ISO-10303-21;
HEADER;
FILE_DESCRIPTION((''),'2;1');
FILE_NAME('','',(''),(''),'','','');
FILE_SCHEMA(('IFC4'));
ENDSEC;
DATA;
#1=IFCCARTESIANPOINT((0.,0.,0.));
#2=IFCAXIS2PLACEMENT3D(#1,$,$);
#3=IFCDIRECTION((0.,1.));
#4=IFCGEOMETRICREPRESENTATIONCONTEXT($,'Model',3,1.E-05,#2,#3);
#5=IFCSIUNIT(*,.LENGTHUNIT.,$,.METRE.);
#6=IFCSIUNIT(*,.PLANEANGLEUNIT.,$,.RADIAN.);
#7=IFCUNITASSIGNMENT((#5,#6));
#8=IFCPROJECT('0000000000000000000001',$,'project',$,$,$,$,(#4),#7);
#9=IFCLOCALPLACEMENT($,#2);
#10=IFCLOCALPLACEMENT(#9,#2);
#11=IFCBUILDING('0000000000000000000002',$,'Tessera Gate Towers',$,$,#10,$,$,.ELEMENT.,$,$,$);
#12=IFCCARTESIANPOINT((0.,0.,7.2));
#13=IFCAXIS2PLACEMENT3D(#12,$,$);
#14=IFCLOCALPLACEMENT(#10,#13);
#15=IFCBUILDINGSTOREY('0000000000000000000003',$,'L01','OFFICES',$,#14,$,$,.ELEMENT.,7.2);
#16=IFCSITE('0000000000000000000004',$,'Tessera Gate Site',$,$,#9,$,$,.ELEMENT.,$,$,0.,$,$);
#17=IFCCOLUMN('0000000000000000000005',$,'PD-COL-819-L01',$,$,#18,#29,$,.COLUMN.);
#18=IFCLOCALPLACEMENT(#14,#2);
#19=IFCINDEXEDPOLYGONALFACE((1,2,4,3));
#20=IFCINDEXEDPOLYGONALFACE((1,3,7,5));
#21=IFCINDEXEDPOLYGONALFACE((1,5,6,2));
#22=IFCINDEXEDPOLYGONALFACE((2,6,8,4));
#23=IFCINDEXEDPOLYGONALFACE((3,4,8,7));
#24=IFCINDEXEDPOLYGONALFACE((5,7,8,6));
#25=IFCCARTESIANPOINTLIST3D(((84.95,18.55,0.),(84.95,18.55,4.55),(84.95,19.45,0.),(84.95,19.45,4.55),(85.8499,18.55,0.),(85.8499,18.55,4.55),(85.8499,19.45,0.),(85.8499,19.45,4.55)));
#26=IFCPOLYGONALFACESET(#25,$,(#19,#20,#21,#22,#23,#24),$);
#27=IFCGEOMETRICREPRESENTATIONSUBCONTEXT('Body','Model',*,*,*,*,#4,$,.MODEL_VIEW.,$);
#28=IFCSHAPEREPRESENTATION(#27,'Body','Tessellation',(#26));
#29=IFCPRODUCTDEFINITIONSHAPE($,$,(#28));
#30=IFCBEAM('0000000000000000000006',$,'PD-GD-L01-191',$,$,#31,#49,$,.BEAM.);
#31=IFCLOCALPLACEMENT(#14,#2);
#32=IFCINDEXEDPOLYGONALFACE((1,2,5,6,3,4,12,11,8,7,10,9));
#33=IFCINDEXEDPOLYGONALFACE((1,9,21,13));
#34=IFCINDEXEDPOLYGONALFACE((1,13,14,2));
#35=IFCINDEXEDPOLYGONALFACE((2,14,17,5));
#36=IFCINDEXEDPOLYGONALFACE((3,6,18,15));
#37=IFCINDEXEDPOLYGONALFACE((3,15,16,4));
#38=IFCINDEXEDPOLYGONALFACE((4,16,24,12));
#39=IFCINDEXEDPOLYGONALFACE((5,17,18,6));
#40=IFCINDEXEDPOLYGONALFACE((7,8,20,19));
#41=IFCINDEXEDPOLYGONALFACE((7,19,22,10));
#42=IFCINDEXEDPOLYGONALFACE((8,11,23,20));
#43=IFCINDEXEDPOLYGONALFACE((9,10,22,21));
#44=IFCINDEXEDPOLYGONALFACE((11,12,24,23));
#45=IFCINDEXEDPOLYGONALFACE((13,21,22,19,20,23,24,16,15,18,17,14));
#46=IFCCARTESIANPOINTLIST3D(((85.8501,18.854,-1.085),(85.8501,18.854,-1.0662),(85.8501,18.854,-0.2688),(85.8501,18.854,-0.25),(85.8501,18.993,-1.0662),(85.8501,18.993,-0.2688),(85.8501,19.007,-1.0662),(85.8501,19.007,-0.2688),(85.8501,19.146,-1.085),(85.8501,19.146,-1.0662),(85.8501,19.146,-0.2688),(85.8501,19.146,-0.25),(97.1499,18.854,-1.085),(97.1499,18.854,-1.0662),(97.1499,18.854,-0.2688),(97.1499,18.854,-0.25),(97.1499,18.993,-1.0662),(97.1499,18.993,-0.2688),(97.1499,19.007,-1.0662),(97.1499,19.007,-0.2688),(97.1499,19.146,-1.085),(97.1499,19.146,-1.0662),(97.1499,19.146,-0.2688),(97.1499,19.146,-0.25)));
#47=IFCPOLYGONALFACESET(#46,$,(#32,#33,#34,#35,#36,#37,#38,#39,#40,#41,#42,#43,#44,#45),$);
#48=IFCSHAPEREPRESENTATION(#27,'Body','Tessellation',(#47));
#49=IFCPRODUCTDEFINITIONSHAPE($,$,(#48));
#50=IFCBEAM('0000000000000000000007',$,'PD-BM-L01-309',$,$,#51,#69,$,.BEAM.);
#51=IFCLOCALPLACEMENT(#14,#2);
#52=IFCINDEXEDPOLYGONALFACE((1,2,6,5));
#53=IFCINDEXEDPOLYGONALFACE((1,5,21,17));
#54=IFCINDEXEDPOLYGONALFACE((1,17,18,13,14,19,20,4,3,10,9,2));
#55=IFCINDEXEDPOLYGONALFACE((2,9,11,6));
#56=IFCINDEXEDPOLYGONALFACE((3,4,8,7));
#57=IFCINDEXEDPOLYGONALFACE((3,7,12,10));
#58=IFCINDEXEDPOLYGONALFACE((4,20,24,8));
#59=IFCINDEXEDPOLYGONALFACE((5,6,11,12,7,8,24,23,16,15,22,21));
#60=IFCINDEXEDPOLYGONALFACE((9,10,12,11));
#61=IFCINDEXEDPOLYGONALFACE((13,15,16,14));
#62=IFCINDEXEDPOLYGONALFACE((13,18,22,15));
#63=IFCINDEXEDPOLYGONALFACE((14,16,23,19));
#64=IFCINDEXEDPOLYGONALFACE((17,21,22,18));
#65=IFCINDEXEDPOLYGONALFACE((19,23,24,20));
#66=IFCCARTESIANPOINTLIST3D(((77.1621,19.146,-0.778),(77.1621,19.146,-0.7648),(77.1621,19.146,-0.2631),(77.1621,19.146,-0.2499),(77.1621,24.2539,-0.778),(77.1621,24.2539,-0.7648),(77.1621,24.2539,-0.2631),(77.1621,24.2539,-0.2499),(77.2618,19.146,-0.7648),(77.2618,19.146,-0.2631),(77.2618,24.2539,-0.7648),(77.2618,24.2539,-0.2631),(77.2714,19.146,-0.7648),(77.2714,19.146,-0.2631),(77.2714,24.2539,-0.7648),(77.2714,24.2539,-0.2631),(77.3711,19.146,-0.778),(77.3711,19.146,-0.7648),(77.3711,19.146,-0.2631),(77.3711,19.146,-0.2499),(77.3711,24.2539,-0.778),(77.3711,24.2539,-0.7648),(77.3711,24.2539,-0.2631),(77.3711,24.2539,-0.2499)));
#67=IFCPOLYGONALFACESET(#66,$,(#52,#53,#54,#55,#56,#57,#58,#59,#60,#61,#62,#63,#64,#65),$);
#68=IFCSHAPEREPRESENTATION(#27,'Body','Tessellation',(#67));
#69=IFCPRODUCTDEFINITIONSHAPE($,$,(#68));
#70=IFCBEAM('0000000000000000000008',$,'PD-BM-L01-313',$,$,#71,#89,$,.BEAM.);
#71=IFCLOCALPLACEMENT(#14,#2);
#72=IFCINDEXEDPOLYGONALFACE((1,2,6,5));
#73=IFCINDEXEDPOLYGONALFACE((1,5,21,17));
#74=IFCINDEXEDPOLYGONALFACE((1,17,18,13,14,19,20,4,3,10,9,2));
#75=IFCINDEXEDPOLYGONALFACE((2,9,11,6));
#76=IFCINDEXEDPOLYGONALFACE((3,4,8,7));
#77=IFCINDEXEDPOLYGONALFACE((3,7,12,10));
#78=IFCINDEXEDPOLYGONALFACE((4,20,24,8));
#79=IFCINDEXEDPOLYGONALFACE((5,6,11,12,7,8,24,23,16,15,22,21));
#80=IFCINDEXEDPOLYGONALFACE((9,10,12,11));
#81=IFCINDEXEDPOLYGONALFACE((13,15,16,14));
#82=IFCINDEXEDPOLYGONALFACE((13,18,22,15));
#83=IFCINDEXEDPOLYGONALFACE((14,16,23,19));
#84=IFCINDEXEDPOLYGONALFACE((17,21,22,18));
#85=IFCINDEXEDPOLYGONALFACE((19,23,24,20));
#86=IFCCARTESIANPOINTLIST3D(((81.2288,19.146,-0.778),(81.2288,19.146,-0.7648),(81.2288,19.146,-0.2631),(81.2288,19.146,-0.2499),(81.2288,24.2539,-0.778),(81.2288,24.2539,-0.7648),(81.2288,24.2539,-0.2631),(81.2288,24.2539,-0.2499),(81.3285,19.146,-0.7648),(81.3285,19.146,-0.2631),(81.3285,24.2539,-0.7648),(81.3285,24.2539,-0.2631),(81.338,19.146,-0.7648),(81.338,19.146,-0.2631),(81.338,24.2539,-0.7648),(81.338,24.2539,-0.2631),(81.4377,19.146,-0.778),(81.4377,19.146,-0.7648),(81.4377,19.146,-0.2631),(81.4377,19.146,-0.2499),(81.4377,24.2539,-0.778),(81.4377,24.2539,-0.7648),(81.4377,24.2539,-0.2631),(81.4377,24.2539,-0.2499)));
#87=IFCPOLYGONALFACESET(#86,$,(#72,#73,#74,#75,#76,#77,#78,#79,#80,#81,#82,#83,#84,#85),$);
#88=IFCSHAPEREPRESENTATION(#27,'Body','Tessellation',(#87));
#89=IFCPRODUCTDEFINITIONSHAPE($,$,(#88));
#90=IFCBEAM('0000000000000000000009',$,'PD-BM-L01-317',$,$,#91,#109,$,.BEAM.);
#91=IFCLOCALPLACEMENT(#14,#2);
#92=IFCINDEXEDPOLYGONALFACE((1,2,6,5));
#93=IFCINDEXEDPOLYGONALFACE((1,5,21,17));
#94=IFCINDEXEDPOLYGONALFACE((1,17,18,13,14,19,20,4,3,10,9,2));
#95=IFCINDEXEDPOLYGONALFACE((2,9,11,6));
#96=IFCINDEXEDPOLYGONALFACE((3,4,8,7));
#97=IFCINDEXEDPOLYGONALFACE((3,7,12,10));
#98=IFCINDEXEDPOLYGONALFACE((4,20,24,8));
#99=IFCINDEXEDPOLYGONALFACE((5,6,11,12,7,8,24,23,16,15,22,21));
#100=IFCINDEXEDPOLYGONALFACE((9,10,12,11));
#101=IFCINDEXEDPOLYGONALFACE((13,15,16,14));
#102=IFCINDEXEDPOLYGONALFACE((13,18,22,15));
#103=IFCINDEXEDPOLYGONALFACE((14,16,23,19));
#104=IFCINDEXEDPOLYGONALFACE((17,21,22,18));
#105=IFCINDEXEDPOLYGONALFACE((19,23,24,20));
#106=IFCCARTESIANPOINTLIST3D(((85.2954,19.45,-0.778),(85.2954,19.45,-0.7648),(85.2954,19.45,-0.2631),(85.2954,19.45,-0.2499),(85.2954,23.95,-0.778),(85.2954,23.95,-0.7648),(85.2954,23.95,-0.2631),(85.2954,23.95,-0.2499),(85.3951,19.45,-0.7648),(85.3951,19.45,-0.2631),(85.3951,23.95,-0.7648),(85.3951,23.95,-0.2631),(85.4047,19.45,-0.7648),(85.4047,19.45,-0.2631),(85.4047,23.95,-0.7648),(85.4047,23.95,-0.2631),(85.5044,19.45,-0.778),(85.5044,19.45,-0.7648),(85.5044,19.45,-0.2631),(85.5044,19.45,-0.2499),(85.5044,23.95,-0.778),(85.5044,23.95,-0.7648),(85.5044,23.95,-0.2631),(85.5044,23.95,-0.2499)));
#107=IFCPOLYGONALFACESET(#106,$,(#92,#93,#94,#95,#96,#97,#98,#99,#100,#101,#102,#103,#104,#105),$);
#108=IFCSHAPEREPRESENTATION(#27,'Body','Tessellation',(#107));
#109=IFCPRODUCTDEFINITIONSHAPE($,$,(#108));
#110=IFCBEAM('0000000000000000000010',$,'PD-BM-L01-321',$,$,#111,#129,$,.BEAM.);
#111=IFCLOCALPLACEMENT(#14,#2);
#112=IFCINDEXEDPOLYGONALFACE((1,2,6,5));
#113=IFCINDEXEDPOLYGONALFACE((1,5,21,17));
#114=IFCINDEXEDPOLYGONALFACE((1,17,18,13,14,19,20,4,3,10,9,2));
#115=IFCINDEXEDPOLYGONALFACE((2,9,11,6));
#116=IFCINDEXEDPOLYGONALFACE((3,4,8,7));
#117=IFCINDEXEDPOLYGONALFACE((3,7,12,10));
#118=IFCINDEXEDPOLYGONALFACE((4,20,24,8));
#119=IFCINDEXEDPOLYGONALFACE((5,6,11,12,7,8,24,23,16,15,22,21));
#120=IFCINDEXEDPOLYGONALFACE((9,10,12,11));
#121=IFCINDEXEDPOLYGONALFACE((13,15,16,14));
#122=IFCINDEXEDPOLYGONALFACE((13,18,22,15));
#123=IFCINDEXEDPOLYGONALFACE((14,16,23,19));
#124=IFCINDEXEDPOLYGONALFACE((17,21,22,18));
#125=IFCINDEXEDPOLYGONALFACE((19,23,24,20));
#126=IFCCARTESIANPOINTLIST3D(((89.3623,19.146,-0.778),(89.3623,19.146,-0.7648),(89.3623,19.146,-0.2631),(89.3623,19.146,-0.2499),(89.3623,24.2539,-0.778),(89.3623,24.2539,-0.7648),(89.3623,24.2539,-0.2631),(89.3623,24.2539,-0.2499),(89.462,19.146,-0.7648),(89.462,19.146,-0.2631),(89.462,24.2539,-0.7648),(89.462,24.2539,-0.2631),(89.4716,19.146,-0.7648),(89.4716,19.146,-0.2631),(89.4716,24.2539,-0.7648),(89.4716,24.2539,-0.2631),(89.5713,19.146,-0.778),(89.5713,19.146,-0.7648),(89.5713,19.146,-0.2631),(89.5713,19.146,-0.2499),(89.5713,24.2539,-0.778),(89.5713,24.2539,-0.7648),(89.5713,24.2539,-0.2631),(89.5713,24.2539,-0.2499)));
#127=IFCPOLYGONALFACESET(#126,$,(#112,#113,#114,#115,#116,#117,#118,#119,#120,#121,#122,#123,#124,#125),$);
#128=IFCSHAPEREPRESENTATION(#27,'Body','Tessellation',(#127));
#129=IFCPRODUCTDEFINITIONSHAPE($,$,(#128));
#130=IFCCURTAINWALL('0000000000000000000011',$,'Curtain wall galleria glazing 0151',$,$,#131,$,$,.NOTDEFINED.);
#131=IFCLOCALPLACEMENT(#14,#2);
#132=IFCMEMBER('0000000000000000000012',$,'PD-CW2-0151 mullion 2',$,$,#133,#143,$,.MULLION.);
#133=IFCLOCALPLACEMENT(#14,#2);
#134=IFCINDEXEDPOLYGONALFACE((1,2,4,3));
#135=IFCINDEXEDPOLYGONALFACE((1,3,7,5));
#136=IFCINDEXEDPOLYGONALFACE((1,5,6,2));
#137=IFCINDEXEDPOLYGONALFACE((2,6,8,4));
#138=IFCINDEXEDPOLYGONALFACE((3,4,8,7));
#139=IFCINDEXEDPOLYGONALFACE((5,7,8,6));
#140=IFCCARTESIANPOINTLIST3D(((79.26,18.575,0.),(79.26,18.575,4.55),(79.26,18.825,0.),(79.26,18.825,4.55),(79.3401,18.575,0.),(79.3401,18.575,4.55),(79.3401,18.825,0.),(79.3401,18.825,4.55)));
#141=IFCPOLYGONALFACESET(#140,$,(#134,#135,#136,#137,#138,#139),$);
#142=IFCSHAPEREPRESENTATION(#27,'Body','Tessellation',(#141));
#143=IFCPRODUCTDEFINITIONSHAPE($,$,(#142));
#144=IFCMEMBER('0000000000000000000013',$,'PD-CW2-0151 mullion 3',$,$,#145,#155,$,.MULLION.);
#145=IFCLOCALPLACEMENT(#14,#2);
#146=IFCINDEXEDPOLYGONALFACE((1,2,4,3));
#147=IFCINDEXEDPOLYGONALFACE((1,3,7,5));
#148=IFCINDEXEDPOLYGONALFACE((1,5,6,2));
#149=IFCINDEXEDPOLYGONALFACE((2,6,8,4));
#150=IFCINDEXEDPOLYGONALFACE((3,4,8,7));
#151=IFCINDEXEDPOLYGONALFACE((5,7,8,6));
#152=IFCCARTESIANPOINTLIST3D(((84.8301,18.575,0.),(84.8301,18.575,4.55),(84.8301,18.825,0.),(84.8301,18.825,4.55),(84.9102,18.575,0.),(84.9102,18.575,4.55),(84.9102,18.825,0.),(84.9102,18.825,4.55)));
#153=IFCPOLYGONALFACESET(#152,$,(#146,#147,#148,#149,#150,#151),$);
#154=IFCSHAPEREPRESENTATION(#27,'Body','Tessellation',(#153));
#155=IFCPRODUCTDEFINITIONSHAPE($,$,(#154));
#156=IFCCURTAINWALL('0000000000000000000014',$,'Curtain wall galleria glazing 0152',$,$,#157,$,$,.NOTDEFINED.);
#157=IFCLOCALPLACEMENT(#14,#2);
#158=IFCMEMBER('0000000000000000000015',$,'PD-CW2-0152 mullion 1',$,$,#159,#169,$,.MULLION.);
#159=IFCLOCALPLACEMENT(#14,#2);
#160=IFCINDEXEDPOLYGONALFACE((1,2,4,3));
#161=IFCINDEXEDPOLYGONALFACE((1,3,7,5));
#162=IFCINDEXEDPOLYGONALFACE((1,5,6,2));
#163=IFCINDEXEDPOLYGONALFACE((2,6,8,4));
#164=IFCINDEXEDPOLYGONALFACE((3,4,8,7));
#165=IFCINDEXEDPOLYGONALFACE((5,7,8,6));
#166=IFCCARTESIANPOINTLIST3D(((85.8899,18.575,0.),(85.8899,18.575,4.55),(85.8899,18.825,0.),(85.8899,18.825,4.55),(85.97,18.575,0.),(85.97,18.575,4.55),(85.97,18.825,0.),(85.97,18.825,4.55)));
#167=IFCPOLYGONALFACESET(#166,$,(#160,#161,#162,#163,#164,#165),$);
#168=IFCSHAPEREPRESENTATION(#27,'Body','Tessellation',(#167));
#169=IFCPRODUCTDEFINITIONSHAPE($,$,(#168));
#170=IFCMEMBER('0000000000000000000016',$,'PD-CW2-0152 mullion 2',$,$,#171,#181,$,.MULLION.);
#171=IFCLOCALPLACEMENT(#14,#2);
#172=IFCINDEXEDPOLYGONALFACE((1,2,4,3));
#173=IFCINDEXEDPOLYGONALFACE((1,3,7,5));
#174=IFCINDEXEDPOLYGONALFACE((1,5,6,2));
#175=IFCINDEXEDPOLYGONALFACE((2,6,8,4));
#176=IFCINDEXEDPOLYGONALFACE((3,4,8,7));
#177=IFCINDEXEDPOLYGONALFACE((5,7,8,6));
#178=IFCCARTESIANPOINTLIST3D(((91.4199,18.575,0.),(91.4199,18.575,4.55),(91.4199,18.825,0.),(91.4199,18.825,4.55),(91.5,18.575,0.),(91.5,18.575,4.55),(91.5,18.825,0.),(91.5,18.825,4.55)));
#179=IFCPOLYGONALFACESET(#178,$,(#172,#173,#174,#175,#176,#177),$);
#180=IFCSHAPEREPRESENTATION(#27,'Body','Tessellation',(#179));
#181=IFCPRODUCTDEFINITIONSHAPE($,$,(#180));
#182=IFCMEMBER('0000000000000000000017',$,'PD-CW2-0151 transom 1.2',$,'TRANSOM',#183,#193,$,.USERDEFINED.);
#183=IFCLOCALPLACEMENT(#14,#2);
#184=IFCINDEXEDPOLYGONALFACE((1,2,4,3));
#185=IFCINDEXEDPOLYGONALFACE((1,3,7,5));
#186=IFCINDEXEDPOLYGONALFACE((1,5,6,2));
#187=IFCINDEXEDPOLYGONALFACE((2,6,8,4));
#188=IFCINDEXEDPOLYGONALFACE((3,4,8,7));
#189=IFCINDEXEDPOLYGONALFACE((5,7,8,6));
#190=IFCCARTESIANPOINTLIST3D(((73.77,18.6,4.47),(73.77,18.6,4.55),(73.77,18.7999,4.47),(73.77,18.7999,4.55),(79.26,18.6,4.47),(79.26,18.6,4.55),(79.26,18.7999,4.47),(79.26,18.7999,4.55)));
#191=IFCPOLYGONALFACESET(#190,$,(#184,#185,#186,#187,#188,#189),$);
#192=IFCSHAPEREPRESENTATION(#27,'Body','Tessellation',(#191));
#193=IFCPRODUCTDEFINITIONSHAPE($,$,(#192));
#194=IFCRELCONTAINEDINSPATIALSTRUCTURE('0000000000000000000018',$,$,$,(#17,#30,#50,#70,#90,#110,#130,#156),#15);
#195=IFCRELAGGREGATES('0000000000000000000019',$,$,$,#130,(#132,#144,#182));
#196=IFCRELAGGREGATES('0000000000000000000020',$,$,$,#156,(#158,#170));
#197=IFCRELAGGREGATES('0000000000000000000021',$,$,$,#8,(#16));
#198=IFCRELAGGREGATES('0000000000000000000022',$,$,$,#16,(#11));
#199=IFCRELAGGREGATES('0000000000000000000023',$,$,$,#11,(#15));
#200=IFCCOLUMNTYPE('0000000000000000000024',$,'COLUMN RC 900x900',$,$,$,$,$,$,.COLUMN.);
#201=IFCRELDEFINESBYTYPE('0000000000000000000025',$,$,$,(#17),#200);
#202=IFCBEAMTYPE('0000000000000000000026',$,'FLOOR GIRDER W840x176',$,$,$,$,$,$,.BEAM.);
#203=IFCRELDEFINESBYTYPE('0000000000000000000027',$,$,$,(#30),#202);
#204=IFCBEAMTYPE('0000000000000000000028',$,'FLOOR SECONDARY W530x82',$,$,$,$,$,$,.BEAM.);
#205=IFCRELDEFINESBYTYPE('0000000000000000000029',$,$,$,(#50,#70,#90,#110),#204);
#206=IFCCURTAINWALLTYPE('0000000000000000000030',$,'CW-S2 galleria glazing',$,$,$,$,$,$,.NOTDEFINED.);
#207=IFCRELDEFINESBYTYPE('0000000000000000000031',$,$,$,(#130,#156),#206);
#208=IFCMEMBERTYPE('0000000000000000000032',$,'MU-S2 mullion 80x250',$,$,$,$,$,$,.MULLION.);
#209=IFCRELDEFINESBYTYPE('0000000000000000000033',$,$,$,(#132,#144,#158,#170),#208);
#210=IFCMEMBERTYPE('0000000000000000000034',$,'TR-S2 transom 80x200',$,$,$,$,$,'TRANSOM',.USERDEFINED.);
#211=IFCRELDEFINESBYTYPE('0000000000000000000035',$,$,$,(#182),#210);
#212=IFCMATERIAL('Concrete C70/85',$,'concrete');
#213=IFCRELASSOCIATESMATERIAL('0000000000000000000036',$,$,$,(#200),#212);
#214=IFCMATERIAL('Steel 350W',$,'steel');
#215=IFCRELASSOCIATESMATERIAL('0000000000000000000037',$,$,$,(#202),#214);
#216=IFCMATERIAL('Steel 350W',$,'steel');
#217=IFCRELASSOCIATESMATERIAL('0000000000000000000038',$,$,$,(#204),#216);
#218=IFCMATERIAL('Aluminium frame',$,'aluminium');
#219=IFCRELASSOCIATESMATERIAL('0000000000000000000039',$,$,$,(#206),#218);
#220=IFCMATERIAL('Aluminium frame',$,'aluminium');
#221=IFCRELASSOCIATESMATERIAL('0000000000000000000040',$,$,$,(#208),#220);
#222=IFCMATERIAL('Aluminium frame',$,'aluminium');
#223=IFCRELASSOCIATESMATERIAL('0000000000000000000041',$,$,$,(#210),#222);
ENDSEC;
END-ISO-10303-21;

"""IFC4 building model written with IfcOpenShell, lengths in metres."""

from ifc_helpers import new_model, si_unit, direction, frame, origin, origin_2d, place, context, subcontext, project, spatial, rectangle, i_section, extrude, material, material_profile, profile_set, type_object, element, aggregate, save


model = new_model("IFC4")

# Units and contexts
model_context = context("Model", 3, precision=1e-05, world=origin(), true_north=direction((0.0, 1.0)))
body_context = subcontext(model_context, "Body", "Model", "MODEL_VIEW")
ifc_project = project(units=[si_unit("LENGTHUNIT", "METRE"), si_unit("PLANEANGLEUNIT", "RADIAN")], contexts=[model_context])

# Site, building, storey
site_placement = place(None, origin())
site = spatial("IfcSite", under=ifc_project, at=site_placement, Name="Tessera Gate Site", CompositionType="ELEMENT", RefElevation=0.0)
building_placement = place(site_placement, origin())
building = spatial("IfcBuilding", under=site, at=building_placement, Name="Tessera Gate Towers", CompositionType="ELEMENT")
storey_placement = place(building_placement, frame((0.0, 0.0, 7.2)))
storey = spatial("IfcBuildingStorey", under=building, at=storey_placement, Name="L01", Description="OFFICES", CompositionType="ELEMENT", Elevation=7.2)

# Column
ifc_material_1 = material(Name="Concrete C70/85", Category="concrete")
ifc_material_profile_1 = material_profile(ifc_material_1, rectangle(XDim=0.8999, YDim=0.8999, at=origin_2d()), Name="RC 900x900")
ifc_profile_set_1 = profile_set([ifc_material_profile_1], Name="Concrete C70/85")
column_type = type_object("IfcColumnType", Name="COLUMN RC 900x900", PredefinedType="COLUMN", material=ifc_profile_set_1)
column_placement = place(storey_placement, frame((85.3999, 19.0, 0.0), z_axis=(0.0, 0.0, 1.0), x_axis=(1.0, 0.0, 0.0)))
element("IfcColumn", 1, at=column_placement, inside=storey, type_object=column_type, Name="PD-COL-819-L01", PredefinedType="COLUMN", context=body_context, shape_type="SweptSolid", body=[
    extrude(rectangle(XDim=0.8999, YDim=0.8999, at=origin_2d()), origin(), (0.0, 0.0, 1.0), 4.55),
])

# Beams
ifc_material_2 = material(Name="Steel 350W", Category="steel")
ifc_material_profile_2 = material_profile(ifc_material_2, i_section(OverallWidth=0.292, OverallDepth=0.835, WebThickness=0.0139, FlangeThickness=0.0188, at=origin_2d()), Name="W840x176")
ifc_profile_set_2 = profile_set([ifc_material_profile_2], Name="Steel 350W")
beam_type_1 = type_object("IfcBeamType", Name="FLOOR GIRDER W840x176", PredefinedType="BEAM", material=ifc_profile_set_2)
beam_1_placement = place(storey_placement, frame((85.8501, 19.0, -0.6675), z_axis=(1.0, 0.0, 0.0), x_axis=(0.0, 1.0, 0.0)))
element("IfcBeam", 2, at=beam_1_placement, inside=storey, type_object=beam_type_1, Name="PD-GD-L01-191", PredefinedType="BEAM", context=body_context, shape_type="SweptSolid", body=[
    extrude(i_section(OverallWidth=0.292, OverallDepth=0.835, WebThickness=0.0139, FlangeThickness=0.0188, at=origin_2d()), origin(), (0.0, 0.0, 1.0), 11.2998),
])
ifc_material_3 = material(Name="Steel 350W", Category="steel")
ifc_material_profile_3 = material_profile(ifc_material_3, i_section(OverallWidth=0.209, OverallDepth=0.5281, WebThickness=0.0095, FlangeThickness=0.0132, at=origin_2d()), Name="W530x82")
ifc_profile_set_3 = profile_set([ifc_material_profile_3], Name="Steel 350W")
beam_type_2 = type_object("IfcBeamType", Name="FLOOR SECONDARY W530x82", PredefinedType="BEAM", material=ifc_profile_set_3)
for number, where, z_axis, x_axis, name in (
    (3, (77.2666, 19.146, -0.5139), (0.0, 1.0, 0.0), (-1.0, 0.0, 0.0), "PD-BM-L01-309"),
    (4, (81.3333, 19.146, -0.5139), (0.0, 1.0, 0.0), (-1.0, 0.0, 0.0), "PD-BM-L01-313"),
):
    element("IfcBeam", number, at=place(storey_placement, frame(where, z_axis=z_axis, x_axis=x_axis)), inside=storey, type_object=beam_type_2, Name=name, PredefinedType="BEAM", context=body_context, shape_type="SweptSolid", body=[
        extrude(i_section(OverallWidth=0.209, OverallDepth=0.5281, WebThickness=0.0095, FlangeThickness=0.0132, at=origin_2d()), origin(), (0.0, 0.0, 1.0), 5.1079),
    ])
beam_2_placement = place(storey_placement, frame((85.3999, 19.45, -0.5139), z_axis=(0.0, 1.0, 0.0), x_axis=(-1.0, 0.0, 0.0)))
element("IfcBeam", 5, at=beam_2_placement, inside=storey, type_object=beam_type_2, Name="PD-BM-L01-317", PredefinedType="BEAM", context=body_context, shape_type="SweptSolid", body=[
    extrude(i_section(OverallWidth=0.209, OverallDepth=0.5281, WebThickness=0.0095, FlangeThickness=0.0132, at=origin_2d()), origin(), (0.0, 0.0, 1.0), 4.5),
])
beam_3_placement = place(storey_placement, frame((89.4668, 19.146, -0.5139), z_axis=(0.0, 1.0, 0.0), x_axis=(-1.0, 0.0, 0.0)))
element("IfcBeam", 6, at=beam_3_placement, inside=storey, type_object=beam_type_2, Name="PD-BM-L01-321", PredefinedType="BEAM", context=body_context, shape_type="SweptSolid", body=[
    extrude(i_section(OverallWidth=0.209, OverallDepth=0.5281, WebThickness=0.0095, FlangeThickness=0.0132, at=origin_2d()), origin(), (0.0, 0.0, 1.0), 5.1079),
])

# Curtain walls, members
ifc_material_4 = material(Name="Aluminium frame", Category="aluminium")
curtain_wall_type = type_object("IfcCurtainWallType", Name="CW-S2 galleria glazing", PredefinedType="NOTDEFINED", material=ifc_material_4)
curtain_wall_1_placement = place(storey_placement, origin())
curtain_wall_1 = element("IfcCurtainWall", 7, at=curtain_wall_1_placement, inside=storey, type_object=curtain_wall_type, Name="Curtain wall galleria glazing 0151", PredefinedType="NOTDEFINED")
ifc_material_5 = material(Name="Aluminium frame", Category="aluminium")
ifc_material_profile_4 = material_profile(ifc_material_5, rectangle(XDim=0.0801, YDim=0.25, at=origin_2d()), Name="AL 80x250")
ifc_profile_set_4 = profile_set([ifc_material_profile_4], Name="Aluminium frame")
member_type_1 = type_object("IfcMemberType", Name="MU-S2 mullion 80x250", PredefinedType="MULLION", material=ifc_profile_set_4)
member_1_placement = place(storey_placement, frame((79.3, 18.7, 0.0), z_axis=(0.0, 0.0, 1.0), x_axis=(1.0, 0.0, 0.0)))
member_1 = element("IfcMember", 8, at=member_1_placement, type_object=member_type_1, Name="PD-CW2-0151 mullion 2", PredefinedType="MULLION", context=body_context, shape_type="SweptSolid", body=[
    extrude(rectangle(XDim=0.0801, YDim=0.25, at=origin_2d()), origin(), (0.0, 0.0, 1.0), 4.55),
])
member_2_placement = place(storey_placement, frame((84.8701, 18.7, 0.0), z_axis=(0.0, 0.0, 1.0), x_axis=(1.0, 0.0, 0.0)))
member_2 = element("IfcMember", 9, at=member_2_placement, type_object=member_type_1, Name="PD-CW2-0151 mullion 3", PredefinedType="MULLION", context=body_context, shape_type="SweptSolid", body=[
    extrude(rectangle(XDim=0.0801, YDim=0.25, at=origin_2d()), origin(), (0.0, 0.0, 1.0), 4.55),
])
curtain_wall_2_placement = place(storey_placement, origin())
curtain_wall_2 = element("IfcCurtainWall", 10, at=curtain_wall_2_placement, inside=storey, type_object=curtain_wall_type, Name="Curtain wall galleria glazing 0152", PredefinedType="NOTDEFINED")
member_3_placement = place(storey_placement, frame((85.9299, 18.7, 0.0), z_axis=(0.0, 0.0, 1.0), x_axis=(1.0, 0.0, 0.0)))
member_3 = element("IfcMember", 11, at=member_3_placement, type_object=member_type_1, Name="PD-CW2-0152 mullion 1", PredefinedType="MULLION", context=body_context, shape_type="SweptSolid", body=[
    extrude(rectangle(XDim=0.0801, YDim=0.25, at=origin_2d()), origin(), (0.0, 0.0, 1.0), 4.55),
])
member_4_placement = place(storey_placement, frame((91.46, 18.7, 0.0), z_axis=(0.0, 0.0, 1.0), x_axis=(1.0, 0.0, 0.0)))
member_4 = element("IfcMember", 12, at=member_4_placement, type_object=member_type_1, Name="PD-CW2-0152 mullion 2", PredefinedType="MULLION", context=body_context, shape_type="SweptSolid", body=[
    extrude(rectangle(XDim=0.0801, YDim=0.25, at=origin_2d()), origin(), (0.0, 0.0, 1.0), 4.55),
])

# Member
ifc_material_6 = material(Name="Aluminium frame", Category="aluminium")
ifc_material_profile_5 = material_profile(ifc_material_6, rectangle(XDim=0.2, YDim=0.0801, at=origin_2d()), Name="AL 80x200")
ifc_profile_set_5 = profile_set([ifc_material_profile_5], Name="Aluminium frame")
member_type_2 = type_object("IfcMemberType", Name="TR-S2 transom 80x200", ElementType="TRANSOM", PredefinedType="USERDEFINED", material=ifc_profile_set_5)
member_5_placement = place(storey_placement, frame((73.77, 18.7, 4.51), z_axis=(1.0, 0.0, 0.0), x_axis=(0.0, 1.0, 0.0)))
member_5 = element("IfcMember", 13, at=member_5_placement, type_object=member_type_2, Name="PD-CW2-0151 transom 1.2", ObjectType="TRANSOM", PredefinedType="USERDEFINED", context=body_context, shape_type="SweptSolid", body=[
    extrude(rectangle(XDim=0.2, YDim=0.0801, at=origin_2d()), origin(), (0.0, 0.0, 1.0), 5.49),
])

aggregate(curtain_wall_1, [member_1, member_2, member_5])
aggregate(curtain_wall_2, [member_3, member_4])

save(model, "model.ifc")
